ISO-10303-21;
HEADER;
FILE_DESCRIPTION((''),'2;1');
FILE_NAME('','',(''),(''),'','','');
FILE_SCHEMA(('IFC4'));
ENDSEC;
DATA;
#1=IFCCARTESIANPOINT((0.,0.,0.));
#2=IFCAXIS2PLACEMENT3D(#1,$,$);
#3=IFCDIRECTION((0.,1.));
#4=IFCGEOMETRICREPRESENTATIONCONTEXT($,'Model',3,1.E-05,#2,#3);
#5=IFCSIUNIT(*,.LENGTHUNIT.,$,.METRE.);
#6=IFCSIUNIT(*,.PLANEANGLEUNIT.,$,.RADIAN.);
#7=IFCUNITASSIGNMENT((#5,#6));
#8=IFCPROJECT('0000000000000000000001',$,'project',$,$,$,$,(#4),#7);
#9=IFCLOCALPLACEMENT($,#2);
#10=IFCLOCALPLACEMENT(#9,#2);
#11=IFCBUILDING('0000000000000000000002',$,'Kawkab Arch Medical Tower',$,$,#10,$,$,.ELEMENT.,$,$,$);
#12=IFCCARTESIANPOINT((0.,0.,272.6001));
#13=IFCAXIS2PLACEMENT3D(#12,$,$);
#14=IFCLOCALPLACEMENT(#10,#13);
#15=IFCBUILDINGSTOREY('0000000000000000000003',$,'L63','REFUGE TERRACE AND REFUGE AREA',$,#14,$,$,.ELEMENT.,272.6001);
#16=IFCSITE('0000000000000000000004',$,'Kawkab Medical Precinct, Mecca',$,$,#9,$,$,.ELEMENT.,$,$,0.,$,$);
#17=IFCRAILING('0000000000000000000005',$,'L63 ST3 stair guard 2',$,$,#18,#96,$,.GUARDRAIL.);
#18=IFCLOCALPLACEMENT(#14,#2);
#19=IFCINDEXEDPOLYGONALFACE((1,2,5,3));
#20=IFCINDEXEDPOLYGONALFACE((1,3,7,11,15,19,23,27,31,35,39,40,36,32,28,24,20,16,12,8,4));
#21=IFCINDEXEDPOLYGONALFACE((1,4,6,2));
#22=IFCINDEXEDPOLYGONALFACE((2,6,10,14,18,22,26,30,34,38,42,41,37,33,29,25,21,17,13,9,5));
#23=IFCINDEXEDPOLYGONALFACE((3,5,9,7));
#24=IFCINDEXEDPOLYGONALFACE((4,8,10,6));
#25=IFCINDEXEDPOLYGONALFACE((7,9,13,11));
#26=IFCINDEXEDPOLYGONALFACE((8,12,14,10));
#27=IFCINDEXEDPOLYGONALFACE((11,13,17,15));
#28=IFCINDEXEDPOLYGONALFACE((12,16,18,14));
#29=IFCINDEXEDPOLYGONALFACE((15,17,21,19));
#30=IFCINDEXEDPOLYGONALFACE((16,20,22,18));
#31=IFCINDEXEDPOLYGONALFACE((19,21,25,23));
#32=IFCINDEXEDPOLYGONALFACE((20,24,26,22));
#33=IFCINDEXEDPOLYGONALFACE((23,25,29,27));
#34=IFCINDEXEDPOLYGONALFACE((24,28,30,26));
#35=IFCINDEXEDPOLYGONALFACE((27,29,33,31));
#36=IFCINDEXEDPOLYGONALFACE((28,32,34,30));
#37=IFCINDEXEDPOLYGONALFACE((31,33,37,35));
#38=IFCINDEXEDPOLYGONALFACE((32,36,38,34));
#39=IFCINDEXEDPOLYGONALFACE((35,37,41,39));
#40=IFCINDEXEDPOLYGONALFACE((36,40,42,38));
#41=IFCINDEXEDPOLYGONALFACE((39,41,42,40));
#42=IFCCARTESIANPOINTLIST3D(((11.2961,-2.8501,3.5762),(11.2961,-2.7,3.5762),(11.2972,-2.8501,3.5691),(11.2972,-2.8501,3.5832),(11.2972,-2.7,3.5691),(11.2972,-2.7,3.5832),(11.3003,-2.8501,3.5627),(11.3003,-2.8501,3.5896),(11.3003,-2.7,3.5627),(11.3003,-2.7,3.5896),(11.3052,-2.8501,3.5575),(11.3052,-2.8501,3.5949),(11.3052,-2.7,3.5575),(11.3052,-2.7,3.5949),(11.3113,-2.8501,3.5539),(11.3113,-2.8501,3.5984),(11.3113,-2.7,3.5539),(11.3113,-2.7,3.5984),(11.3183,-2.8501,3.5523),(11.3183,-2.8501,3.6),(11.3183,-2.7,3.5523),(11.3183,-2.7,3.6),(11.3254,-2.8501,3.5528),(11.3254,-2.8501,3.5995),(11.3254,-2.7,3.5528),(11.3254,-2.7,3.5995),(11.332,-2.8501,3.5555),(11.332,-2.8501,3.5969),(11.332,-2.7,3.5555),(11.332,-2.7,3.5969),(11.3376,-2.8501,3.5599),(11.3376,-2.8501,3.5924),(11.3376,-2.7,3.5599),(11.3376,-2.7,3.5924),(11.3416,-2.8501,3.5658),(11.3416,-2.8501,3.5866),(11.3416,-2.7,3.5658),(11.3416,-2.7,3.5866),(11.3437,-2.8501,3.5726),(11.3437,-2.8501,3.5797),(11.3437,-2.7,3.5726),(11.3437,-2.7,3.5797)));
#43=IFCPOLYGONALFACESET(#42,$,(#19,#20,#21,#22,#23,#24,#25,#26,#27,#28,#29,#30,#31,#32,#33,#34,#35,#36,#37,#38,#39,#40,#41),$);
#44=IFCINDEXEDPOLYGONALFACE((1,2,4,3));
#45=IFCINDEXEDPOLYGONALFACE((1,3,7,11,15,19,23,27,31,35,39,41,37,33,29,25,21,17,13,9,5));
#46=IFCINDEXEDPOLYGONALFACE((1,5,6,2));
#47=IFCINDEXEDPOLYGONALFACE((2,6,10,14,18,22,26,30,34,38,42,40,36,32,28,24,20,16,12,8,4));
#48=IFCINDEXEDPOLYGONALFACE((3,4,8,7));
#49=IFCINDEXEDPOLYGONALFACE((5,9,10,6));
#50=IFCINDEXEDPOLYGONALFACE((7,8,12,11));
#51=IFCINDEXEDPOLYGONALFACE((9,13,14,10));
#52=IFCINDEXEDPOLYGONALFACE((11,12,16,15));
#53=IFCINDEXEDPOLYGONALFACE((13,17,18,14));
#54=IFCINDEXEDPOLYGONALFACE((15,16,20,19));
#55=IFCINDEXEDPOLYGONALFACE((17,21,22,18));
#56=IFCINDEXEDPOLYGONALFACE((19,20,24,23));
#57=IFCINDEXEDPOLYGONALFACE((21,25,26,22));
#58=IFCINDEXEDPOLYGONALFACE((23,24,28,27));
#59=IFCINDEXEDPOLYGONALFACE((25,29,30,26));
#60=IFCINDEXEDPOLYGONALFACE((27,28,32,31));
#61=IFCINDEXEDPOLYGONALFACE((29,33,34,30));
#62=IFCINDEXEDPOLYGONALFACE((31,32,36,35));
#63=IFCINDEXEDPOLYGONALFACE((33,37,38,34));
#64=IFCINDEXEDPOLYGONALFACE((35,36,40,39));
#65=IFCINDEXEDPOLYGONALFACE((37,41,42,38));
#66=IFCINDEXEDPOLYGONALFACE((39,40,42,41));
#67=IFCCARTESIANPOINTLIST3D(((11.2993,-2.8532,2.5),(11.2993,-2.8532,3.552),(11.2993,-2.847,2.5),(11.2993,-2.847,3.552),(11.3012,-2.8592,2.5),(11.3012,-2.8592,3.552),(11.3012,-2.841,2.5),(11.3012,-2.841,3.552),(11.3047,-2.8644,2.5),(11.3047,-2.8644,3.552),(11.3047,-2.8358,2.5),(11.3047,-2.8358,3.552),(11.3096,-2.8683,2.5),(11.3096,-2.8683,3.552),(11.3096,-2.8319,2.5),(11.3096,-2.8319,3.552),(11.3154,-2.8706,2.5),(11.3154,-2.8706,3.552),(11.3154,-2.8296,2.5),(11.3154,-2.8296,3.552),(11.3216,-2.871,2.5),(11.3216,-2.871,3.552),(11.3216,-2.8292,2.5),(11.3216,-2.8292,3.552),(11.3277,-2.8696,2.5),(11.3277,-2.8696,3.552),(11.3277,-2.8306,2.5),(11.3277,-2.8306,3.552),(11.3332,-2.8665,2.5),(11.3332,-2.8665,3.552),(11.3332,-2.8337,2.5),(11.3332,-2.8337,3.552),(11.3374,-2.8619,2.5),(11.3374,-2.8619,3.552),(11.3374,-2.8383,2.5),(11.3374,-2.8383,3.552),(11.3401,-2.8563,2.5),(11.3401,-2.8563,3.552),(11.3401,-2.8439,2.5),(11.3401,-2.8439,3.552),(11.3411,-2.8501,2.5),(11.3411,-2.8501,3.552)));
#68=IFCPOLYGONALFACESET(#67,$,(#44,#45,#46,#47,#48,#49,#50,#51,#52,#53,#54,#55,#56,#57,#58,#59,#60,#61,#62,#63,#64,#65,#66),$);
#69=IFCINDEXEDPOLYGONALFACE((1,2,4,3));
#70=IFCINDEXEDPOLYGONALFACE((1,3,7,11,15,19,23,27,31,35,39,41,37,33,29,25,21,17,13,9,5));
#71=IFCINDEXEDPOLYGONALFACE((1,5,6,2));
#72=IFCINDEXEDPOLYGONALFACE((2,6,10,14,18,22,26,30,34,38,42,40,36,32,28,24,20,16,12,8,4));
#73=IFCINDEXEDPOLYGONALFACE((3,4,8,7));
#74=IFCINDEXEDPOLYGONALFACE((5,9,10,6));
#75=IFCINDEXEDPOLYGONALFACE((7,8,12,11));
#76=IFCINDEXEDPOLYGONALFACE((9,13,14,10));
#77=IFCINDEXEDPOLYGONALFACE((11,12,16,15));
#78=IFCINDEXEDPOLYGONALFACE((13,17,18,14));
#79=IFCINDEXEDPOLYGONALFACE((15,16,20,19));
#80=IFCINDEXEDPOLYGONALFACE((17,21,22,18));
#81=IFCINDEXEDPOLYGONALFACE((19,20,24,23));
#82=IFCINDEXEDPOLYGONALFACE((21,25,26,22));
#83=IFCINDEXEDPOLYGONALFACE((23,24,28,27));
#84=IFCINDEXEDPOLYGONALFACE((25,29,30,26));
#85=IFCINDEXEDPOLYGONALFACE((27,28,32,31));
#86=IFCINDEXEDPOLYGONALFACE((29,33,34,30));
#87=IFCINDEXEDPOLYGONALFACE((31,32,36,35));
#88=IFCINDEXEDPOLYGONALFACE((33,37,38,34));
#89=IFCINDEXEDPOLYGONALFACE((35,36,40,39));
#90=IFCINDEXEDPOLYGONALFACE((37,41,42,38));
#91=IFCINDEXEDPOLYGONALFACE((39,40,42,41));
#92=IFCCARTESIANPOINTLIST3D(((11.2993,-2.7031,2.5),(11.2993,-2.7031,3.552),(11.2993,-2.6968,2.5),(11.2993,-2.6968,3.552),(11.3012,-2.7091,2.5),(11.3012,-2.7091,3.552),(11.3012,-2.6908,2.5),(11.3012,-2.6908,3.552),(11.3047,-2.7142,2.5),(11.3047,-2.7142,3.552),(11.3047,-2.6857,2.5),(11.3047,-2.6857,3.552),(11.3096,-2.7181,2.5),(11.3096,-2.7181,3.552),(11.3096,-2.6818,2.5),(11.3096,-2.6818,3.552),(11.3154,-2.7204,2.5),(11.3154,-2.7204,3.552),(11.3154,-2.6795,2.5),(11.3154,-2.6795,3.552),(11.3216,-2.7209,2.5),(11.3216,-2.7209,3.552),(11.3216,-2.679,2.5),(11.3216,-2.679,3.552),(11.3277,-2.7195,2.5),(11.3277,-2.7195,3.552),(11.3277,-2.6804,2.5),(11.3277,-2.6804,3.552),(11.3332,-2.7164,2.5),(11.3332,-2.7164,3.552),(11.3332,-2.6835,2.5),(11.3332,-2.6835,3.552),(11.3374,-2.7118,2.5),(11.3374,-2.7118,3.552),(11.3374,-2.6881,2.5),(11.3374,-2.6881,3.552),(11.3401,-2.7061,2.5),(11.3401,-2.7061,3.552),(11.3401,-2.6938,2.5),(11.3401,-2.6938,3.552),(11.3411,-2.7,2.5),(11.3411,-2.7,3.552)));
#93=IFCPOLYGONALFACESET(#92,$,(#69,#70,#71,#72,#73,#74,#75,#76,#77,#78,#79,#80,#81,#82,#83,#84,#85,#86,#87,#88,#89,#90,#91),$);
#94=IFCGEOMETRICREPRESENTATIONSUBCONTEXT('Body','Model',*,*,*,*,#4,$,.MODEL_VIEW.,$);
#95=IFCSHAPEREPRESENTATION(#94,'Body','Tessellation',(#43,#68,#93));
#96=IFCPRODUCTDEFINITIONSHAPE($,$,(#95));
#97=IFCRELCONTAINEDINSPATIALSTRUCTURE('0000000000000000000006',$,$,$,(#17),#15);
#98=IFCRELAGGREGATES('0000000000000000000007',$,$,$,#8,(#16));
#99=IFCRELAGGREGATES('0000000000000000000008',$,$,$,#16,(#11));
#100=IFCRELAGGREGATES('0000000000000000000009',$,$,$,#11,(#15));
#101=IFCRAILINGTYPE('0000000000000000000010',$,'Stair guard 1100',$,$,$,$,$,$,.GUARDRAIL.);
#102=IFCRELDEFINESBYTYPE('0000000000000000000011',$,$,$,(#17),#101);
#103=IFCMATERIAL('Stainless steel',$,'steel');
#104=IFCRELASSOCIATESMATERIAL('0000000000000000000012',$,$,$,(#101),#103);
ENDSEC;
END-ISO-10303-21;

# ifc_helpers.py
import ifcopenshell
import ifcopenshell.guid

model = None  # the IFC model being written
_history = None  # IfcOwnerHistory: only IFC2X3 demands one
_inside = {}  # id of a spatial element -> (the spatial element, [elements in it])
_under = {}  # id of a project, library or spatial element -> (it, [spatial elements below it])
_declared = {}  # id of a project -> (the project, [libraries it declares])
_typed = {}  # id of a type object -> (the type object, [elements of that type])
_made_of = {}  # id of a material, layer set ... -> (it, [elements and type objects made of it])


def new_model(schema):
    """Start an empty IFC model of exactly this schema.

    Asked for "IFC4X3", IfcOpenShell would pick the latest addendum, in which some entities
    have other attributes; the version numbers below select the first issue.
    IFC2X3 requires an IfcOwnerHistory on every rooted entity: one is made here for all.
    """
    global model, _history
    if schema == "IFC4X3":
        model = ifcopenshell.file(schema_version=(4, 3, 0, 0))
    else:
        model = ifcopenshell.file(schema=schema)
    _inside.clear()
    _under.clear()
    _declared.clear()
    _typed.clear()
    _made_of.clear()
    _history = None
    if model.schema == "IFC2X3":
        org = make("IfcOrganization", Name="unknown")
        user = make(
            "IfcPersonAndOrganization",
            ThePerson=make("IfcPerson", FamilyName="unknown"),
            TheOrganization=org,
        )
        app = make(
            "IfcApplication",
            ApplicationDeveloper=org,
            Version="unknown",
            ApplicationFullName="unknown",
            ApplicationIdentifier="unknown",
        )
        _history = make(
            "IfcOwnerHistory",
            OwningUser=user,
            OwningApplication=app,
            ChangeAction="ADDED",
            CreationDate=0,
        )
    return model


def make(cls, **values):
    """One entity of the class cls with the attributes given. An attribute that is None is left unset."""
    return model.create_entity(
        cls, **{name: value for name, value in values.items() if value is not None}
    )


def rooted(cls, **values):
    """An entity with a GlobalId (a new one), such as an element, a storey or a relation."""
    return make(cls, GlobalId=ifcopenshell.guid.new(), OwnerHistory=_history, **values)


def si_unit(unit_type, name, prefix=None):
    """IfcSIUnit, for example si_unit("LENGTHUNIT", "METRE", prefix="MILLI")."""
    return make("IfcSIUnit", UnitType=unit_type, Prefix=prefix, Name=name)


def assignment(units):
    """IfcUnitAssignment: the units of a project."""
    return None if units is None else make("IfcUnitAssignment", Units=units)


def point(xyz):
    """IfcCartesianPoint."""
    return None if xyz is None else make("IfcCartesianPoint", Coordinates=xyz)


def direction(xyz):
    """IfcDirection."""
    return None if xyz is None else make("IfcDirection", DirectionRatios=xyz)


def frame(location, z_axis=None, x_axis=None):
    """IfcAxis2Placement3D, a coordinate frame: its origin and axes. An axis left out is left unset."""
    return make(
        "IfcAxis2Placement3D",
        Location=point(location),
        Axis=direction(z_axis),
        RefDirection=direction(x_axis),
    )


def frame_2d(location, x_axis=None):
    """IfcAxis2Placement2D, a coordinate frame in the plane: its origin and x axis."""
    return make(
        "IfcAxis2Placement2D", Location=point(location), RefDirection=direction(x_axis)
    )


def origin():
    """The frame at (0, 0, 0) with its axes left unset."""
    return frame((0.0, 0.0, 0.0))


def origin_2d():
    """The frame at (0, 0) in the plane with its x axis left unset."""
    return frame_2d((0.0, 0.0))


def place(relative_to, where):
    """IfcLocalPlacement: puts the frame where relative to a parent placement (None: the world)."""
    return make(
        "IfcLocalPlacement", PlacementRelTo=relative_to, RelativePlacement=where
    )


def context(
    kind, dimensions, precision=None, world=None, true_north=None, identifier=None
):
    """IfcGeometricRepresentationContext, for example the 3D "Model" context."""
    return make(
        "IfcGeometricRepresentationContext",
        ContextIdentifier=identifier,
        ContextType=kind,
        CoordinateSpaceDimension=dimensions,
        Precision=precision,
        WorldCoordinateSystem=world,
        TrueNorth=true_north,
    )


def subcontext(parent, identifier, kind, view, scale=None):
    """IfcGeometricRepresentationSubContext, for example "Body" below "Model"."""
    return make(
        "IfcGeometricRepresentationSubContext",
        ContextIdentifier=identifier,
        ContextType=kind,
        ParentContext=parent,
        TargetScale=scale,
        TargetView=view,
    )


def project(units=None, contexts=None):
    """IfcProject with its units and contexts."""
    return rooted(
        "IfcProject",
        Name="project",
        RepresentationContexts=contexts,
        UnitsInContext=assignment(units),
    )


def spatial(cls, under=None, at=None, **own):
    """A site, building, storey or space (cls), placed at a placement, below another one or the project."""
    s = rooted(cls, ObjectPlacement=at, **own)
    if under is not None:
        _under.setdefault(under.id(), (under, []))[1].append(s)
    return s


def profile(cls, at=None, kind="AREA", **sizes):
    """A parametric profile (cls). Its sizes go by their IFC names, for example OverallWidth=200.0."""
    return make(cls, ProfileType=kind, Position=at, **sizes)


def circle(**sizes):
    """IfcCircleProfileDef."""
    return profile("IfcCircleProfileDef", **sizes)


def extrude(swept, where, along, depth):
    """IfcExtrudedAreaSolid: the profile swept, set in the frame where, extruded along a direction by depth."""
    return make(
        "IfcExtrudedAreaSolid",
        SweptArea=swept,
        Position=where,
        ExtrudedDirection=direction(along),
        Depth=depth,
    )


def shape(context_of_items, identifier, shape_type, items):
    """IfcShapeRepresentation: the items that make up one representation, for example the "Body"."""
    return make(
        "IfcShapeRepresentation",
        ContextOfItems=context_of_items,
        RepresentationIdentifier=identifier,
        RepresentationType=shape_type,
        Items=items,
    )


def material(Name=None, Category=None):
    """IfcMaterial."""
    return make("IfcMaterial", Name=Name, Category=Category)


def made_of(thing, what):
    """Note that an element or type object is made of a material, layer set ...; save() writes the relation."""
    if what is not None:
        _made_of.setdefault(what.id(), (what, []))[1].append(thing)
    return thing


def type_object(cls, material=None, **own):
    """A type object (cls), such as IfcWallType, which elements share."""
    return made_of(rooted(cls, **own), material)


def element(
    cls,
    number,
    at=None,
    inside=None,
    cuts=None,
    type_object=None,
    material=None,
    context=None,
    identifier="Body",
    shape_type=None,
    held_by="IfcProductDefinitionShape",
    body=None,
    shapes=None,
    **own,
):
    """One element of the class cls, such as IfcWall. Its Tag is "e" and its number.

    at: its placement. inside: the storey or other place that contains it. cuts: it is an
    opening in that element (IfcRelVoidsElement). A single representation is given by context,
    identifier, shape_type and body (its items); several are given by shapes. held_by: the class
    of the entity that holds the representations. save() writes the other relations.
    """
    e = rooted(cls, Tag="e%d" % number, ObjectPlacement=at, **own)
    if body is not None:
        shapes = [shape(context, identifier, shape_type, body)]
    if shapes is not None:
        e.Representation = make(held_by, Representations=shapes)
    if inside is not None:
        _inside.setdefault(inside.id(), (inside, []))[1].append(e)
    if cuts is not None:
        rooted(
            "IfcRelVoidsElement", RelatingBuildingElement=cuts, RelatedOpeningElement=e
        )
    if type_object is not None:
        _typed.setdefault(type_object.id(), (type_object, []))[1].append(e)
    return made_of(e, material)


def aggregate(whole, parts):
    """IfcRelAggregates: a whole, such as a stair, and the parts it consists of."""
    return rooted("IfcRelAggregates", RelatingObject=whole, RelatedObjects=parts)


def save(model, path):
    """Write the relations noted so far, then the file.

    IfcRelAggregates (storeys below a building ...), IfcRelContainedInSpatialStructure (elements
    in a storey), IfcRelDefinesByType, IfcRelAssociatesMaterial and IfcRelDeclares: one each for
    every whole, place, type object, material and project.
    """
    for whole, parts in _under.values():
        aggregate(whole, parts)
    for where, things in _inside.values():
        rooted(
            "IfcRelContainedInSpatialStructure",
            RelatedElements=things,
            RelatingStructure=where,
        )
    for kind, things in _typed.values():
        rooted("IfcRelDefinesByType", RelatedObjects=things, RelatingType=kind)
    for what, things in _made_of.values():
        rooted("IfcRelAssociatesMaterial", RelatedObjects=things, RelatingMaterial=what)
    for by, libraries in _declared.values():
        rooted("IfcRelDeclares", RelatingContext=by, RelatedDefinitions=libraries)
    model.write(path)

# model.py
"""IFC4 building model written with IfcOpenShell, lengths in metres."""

from ifc_helpers import new_model, si_unit, direction, frame, origin, origin_2d, place, context, subcontext, project, spatial, circle, extrude, material, type_object, element, save


model = new_model("IFC4")

# Units and contexts
model_context = context("Model", 3, precision=1e-05, world=origin(), true_north=direction((0.0, 1.0)))
body_context = subcontext(model_context, "Body", "Model", "MODEL_VIEW")
ifc_project = project(units=[si_unit("LENGTHUNIT", "METRE"), si_unit("PLANEANGLEUNIT", "RADIAN")], contexts=[model_context])

# Site, building, storey
site_placement = place(None, origin())
site = spatial("IfcSite", under=ifc_project, at=site_placement, Name="Kawkab Medical Precinct, Mecca", CompositionType="ELEMENT", RefElevation=0.0)
building_placement = place(site_placement, origin())
building = spatial("IfcBuilding", under=site, at=building_placement, Name="Kawkab Arch Medical Tower", CompositionType="ELEMENT")
storey_placement = place(building_placement, frame((0.0, 0.0, 272.6001)))
storey = spatial("IfcBuildingStorey", under=building, at=storey_placement, Name="L63", Description="REFUGE TERRACE AND REFUGE AREA", CompositionType="ELEMENT", Elevation=272.6001)

# Railing
ifc_material_1 = material(Name="Stainless steel", Category="steel")
railing_type = type_object("IfcRailingType", Name="Stair guard 1100", PredefinedType="GUARDRAIL", material=ifc_material_1)
railing_1_placement = place(storey_placement, frame((11.3201, -2.8501, 2.5)))
element("IfcRailing", 1, at=railing_1_placement, inside=storey, type_object=railing_type, Name="L63 ST3 stair guard 2", PredefinedType="GUARDRAIL", context=body_context, shape_type="SweptSolid", body=[
    extrude(circle(Radius=0.0239, at=origin_2d()), frame((0.0, 0.0, 1.0762), z_axis=(0.0, 1.0, 0.0), x_axis=(-1.0, 0.0, 0.0)), (0.0, 0.0, 1.0), 0.1501),
    extrude(circle(Radius=0.021, at=origin_2d()), origin(), (0.0, 0.0, 1.0), 1.052),
    extrude(circle(Radius=0.021, at=origin_2d()), frame((0.0, 0.1501, 0.0)), (0.0, 0.0, 1.0), 1.052),
])

save(model, "model.ifc")
